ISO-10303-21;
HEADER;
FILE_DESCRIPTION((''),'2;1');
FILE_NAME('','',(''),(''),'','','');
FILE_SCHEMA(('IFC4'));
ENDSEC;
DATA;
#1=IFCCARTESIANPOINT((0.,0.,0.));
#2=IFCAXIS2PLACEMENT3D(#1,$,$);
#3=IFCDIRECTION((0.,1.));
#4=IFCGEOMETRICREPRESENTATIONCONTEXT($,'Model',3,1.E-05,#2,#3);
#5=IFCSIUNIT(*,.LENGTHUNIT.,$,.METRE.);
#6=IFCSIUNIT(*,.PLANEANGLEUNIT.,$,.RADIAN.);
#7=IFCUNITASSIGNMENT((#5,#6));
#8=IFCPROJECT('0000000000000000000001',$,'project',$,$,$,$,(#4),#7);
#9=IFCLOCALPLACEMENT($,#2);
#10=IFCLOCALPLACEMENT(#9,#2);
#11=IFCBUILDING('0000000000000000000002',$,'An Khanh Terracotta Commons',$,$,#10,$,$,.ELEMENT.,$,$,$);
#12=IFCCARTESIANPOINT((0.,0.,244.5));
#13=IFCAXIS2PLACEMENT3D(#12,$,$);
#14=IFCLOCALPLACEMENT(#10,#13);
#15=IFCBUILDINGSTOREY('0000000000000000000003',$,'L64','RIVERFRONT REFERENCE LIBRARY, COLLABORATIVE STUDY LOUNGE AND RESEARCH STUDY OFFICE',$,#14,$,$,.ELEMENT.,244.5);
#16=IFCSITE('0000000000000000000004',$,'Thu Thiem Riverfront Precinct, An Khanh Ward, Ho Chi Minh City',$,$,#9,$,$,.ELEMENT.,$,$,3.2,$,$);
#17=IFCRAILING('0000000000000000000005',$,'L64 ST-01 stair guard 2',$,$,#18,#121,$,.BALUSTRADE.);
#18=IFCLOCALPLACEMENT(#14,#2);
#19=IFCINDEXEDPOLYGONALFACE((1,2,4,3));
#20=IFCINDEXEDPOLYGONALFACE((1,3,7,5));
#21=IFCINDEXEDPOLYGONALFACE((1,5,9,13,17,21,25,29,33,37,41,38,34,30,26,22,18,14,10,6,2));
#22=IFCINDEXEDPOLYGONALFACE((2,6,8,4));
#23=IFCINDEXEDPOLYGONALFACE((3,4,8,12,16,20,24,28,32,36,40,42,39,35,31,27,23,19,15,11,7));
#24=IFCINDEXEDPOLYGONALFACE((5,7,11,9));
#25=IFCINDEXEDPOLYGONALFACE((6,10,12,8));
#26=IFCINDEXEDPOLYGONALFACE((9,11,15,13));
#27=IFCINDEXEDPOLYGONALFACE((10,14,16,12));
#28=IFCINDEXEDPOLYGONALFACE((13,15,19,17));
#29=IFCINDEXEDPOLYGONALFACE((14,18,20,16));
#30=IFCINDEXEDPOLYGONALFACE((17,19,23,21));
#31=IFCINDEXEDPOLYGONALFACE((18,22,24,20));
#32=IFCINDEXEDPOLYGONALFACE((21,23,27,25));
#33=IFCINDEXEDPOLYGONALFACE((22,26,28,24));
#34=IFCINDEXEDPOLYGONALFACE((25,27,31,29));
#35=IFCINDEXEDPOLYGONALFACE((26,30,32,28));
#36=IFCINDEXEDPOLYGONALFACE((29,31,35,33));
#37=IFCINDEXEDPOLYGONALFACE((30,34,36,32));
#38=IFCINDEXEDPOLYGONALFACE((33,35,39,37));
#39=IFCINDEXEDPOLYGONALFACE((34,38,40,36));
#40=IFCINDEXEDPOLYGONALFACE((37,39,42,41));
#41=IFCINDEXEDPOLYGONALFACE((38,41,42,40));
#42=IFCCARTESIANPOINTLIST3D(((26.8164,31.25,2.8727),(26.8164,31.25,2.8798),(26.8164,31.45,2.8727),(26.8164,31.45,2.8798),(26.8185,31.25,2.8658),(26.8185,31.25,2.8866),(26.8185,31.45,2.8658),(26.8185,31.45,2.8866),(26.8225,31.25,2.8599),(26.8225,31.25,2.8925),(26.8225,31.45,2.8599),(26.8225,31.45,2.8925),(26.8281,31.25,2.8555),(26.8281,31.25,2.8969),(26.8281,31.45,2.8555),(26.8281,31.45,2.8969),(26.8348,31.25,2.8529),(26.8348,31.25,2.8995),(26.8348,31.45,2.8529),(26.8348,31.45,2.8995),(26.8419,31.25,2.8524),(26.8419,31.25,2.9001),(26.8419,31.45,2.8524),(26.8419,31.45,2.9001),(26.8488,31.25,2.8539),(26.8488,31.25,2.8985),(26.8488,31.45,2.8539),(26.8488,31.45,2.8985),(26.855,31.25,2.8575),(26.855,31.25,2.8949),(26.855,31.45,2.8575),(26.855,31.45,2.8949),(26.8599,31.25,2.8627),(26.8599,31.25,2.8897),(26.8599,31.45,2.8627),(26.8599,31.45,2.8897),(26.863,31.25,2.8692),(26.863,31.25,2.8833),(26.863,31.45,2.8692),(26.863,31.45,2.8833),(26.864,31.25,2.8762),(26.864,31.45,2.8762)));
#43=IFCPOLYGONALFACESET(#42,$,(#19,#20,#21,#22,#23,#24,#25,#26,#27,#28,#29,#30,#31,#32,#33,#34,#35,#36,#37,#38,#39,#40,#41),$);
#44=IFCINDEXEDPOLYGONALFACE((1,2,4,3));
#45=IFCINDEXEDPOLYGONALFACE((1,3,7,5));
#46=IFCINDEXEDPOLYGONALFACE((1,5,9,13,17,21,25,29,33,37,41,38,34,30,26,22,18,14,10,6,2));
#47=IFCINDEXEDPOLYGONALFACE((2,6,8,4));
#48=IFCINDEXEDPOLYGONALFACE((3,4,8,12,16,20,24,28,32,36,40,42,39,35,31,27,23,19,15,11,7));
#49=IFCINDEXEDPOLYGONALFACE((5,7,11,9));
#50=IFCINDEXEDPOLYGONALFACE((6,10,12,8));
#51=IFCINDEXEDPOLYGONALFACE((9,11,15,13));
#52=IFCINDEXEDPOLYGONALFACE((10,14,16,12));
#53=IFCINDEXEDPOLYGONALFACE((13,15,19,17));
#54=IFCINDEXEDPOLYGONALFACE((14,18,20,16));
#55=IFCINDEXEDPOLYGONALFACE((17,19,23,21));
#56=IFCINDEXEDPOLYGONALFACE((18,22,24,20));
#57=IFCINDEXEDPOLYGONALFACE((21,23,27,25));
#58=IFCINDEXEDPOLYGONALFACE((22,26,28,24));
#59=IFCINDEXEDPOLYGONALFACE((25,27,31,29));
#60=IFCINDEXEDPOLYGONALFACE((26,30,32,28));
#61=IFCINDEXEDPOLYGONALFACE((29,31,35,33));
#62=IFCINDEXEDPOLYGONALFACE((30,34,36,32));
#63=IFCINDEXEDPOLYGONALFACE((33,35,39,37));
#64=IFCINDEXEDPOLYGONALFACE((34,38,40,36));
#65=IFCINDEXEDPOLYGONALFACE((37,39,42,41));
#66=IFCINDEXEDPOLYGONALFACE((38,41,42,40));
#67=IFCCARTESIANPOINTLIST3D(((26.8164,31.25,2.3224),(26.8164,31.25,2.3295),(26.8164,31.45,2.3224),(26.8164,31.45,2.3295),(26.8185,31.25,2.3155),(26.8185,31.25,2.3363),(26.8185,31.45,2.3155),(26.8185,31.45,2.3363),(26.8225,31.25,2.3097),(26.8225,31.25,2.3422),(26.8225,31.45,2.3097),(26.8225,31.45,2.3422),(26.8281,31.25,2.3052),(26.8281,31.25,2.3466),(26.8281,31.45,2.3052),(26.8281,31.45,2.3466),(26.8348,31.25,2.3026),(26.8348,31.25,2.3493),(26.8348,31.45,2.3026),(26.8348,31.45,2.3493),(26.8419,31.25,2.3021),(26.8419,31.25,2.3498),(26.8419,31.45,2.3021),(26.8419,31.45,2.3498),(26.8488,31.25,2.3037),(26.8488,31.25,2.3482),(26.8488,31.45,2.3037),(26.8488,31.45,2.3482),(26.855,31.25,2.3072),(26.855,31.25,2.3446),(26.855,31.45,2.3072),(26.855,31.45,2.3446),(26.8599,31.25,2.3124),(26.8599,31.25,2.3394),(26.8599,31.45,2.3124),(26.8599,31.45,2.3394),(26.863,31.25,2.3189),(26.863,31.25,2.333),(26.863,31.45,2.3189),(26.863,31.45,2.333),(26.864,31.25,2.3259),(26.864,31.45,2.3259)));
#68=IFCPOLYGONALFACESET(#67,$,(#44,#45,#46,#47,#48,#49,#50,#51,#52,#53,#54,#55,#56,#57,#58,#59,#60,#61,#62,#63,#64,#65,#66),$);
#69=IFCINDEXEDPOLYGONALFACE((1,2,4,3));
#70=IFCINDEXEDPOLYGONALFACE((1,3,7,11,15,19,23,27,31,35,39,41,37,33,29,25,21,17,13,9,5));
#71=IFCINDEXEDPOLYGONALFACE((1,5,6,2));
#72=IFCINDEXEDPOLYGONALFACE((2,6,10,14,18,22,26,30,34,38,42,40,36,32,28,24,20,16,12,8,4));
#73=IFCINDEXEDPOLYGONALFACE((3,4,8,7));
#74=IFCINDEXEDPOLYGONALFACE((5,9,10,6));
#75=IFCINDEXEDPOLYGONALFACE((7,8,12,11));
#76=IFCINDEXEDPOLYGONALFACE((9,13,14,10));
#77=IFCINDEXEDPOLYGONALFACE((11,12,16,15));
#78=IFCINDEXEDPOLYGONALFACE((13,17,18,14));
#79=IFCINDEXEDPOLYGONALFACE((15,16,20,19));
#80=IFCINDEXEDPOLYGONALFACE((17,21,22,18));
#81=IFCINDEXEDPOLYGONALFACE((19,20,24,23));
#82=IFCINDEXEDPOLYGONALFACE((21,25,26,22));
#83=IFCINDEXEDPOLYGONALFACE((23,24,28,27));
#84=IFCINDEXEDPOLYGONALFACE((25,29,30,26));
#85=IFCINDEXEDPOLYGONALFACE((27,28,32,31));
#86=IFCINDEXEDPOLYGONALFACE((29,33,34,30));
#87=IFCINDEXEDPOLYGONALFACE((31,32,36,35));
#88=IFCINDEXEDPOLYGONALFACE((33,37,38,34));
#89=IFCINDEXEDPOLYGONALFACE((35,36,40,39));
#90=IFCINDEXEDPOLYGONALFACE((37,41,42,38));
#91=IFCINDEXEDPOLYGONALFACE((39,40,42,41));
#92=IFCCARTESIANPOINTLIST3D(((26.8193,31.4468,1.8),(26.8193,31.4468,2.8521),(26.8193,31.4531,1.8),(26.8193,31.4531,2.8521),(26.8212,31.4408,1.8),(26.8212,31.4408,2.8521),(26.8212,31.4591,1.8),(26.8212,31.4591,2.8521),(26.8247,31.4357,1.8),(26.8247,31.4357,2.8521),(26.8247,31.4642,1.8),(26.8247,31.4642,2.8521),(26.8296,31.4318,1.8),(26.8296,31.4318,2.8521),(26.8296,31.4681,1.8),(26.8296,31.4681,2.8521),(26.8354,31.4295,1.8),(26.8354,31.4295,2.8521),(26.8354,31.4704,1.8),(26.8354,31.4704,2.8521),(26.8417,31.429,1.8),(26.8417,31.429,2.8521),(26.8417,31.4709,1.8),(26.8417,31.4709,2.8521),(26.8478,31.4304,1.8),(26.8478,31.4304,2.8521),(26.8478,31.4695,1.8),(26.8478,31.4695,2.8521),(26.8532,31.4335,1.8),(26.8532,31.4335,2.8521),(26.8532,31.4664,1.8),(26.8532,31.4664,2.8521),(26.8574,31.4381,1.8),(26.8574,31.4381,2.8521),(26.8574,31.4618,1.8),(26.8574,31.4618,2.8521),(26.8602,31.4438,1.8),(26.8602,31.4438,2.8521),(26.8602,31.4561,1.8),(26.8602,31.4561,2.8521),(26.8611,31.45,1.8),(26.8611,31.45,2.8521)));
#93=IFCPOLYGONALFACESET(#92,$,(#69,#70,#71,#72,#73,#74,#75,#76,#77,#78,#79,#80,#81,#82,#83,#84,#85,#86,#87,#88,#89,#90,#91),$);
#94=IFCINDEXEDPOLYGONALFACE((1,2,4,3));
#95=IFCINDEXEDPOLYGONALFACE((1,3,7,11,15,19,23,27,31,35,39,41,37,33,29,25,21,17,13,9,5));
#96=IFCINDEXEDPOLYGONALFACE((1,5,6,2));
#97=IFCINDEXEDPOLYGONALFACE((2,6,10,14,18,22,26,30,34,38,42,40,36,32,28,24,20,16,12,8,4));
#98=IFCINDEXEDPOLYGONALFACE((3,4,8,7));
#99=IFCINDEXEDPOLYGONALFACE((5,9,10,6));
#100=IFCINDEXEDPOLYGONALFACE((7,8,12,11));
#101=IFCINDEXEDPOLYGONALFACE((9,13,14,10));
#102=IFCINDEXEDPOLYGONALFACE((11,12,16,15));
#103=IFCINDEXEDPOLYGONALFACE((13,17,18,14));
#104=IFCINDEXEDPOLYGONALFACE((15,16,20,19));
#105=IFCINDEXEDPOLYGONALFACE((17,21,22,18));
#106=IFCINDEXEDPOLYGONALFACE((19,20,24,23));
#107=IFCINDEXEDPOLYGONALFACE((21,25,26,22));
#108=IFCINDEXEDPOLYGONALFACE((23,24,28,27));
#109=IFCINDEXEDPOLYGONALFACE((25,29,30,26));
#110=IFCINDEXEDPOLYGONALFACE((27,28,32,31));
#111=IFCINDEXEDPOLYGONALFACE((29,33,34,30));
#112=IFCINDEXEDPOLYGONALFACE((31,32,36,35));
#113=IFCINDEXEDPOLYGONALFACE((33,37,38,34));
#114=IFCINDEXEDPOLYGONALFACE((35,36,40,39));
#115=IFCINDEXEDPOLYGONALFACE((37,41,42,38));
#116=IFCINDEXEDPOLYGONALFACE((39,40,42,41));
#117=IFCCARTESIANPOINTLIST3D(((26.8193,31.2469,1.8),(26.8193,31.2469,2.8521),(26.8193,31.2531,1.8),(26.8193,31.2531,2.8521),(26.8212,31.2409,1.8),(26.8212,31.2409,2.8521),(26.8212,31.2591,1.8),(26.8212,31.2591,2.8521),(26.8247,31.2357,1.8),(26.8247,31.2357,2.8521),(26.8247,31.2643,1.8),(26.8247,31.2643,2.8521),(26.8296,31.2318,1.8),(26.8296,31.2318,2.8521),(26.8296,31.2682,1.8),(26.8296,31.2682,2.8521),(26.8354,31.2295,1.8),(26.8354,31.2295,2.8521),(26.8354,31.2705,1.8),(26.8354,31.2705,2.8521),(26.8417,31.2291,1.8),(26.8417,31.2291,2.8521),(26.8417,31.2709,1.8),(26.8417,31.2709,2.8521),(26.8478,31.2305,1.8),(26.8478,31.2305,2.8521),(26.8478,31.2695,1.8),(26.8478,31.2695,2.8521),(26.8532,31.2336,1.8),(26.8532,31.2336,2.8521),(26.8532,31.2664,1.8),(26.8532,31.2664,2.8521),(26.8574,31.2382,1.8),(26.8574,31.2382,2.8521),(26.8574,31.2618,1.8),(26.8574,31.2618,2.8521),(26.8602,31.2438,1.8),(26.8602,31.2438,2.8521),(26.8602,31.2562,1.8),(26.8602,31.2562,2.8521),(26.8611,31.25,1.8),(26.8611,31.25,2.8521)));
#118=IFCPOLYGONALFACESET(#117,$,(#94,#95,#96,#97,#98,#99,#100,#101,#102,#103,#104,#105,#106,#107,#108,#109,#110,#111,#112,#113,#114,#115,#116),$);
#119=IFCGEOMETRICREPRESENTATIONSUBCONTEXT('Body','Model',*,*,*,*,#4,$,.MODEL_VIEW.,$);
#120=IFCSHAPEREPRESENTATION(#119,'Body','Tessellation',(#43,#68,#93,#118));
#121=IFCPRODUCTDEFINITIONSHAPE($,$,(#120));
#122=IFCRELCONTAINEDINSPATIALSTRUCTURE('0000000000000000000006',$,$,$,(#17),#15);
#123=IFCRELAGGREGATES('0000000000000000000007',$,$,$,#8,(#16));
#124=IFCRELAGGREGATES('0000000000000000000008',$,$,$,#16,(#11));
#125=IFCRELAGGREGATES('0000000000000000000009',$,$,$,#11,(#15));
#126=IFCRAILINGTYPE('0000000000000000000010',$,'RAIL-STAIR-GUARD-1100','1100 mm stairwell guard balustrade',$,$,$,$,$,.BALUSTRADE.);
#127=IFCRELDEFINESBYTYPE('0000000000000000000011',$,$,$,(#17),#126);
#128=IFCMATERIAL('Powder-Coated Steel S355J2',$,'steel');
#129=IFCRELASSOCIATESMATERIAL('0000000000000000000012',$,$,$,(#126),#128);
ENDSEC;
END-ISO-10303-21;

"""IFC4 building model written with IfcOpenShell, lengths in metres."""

from ifc_helpers import new_model, si_unit, direction, frame, origin, origin_2d, place, context, subcontext, project, spatial, circle, extrude, material, type_object, element, save


model = new_model("IFC4")

# Units and contexts
model_context = context("Model", 3, precision=1e-05, world=origin(), true_north=direction((0.0, 1.0)))
body_context = subcontext(model_context, "Body", "Model", "MODEL_VIEW")
ifc_project = project(units=[si_unit("LENGTHUNIT", "METRE"), si_unit("PLANEANGLEUNIT", "RADIAN")], contexts=[model_context])

# Site, building, storey
site_placement = place(None, origin())
site = spatial("IfcSite", under=ifc_project, at=site_placement, Name="Thu Thiem Riverfront Precinct, An Khanh Ward, Ho Chi Minh City", CompositionType="ELEMENT", RefElevation=3.2)
building_placement = place(site_placement, origin())
building = spatial("IfcBuilding", under=site, at=building_placement, Name="An Khanh Terracotta Commons", CompositionType="ELEMENT")
storey_placement = place(building_placement, frame((0.0, 0.0, 244.5)))
storey = spatial("IfcBuildingStorey", under=building, at=storey_placement, Name="L64", Description="RIVERFRONT REFERENCE LIBRARY, COLLABORATIVE STUDY LOUNGE AND RESEARCH STUDY OFFICE", CompositionType="ELEMENT", Elevation=244.5)

# Railing
ifc_material_1 = material(Name="Powder-Coated Steel S355J2", Category="steel")
railing_type_1 = type_object("IfcRailingType", Name="RAIL-STAIR-GUARD-1100", Description="1100 mm stairwell guard balustrade", PredefinedType="BALUSTRADE", material=ifc_material_1)
railing_1_placement = place(storey_placement, frame((26.8401, 31.45, 1.8)))
element("IfcRailing", 1, at=railing_1_placement, inside=storey, type_object=railing_type_1, Name="L64 ST-01 stair guard 2", PredefinedType="BALUSTRADE", context=body_context, shape_type="SweptSolid", body=[
    extrude(circle(Radius=0.0239, at=origin_2d()), frame((0.0, 0.0, 1.0762), z_axis=(0.0, -1.0, 0.0), x_axis=(1.0, 0.0, 0.0)), (0.0, 0.0, 1.0), 0.2),
    extrude(circle(Radius=0.0239, at=origin_2d()), frame((0.0, 0.0, 0.5259), z_axis=(0.0, -1.0, 0.0), x_axis=(1.0, 0.0, 0.0)), (0.0, 0.0, 1.0), 0.2),
    extrude(circle(Radius=0.021, at=origin_2d()), origin(), (0.0, 0.0, 1.0), 1.052),
    extrude(circle(Radius=0.021, at=origin_2d()), frame((0.0, -0.2, 0.0)), (0.0, 0.0, 1.0), 1.052),
])

save(model, "model.ifc")
